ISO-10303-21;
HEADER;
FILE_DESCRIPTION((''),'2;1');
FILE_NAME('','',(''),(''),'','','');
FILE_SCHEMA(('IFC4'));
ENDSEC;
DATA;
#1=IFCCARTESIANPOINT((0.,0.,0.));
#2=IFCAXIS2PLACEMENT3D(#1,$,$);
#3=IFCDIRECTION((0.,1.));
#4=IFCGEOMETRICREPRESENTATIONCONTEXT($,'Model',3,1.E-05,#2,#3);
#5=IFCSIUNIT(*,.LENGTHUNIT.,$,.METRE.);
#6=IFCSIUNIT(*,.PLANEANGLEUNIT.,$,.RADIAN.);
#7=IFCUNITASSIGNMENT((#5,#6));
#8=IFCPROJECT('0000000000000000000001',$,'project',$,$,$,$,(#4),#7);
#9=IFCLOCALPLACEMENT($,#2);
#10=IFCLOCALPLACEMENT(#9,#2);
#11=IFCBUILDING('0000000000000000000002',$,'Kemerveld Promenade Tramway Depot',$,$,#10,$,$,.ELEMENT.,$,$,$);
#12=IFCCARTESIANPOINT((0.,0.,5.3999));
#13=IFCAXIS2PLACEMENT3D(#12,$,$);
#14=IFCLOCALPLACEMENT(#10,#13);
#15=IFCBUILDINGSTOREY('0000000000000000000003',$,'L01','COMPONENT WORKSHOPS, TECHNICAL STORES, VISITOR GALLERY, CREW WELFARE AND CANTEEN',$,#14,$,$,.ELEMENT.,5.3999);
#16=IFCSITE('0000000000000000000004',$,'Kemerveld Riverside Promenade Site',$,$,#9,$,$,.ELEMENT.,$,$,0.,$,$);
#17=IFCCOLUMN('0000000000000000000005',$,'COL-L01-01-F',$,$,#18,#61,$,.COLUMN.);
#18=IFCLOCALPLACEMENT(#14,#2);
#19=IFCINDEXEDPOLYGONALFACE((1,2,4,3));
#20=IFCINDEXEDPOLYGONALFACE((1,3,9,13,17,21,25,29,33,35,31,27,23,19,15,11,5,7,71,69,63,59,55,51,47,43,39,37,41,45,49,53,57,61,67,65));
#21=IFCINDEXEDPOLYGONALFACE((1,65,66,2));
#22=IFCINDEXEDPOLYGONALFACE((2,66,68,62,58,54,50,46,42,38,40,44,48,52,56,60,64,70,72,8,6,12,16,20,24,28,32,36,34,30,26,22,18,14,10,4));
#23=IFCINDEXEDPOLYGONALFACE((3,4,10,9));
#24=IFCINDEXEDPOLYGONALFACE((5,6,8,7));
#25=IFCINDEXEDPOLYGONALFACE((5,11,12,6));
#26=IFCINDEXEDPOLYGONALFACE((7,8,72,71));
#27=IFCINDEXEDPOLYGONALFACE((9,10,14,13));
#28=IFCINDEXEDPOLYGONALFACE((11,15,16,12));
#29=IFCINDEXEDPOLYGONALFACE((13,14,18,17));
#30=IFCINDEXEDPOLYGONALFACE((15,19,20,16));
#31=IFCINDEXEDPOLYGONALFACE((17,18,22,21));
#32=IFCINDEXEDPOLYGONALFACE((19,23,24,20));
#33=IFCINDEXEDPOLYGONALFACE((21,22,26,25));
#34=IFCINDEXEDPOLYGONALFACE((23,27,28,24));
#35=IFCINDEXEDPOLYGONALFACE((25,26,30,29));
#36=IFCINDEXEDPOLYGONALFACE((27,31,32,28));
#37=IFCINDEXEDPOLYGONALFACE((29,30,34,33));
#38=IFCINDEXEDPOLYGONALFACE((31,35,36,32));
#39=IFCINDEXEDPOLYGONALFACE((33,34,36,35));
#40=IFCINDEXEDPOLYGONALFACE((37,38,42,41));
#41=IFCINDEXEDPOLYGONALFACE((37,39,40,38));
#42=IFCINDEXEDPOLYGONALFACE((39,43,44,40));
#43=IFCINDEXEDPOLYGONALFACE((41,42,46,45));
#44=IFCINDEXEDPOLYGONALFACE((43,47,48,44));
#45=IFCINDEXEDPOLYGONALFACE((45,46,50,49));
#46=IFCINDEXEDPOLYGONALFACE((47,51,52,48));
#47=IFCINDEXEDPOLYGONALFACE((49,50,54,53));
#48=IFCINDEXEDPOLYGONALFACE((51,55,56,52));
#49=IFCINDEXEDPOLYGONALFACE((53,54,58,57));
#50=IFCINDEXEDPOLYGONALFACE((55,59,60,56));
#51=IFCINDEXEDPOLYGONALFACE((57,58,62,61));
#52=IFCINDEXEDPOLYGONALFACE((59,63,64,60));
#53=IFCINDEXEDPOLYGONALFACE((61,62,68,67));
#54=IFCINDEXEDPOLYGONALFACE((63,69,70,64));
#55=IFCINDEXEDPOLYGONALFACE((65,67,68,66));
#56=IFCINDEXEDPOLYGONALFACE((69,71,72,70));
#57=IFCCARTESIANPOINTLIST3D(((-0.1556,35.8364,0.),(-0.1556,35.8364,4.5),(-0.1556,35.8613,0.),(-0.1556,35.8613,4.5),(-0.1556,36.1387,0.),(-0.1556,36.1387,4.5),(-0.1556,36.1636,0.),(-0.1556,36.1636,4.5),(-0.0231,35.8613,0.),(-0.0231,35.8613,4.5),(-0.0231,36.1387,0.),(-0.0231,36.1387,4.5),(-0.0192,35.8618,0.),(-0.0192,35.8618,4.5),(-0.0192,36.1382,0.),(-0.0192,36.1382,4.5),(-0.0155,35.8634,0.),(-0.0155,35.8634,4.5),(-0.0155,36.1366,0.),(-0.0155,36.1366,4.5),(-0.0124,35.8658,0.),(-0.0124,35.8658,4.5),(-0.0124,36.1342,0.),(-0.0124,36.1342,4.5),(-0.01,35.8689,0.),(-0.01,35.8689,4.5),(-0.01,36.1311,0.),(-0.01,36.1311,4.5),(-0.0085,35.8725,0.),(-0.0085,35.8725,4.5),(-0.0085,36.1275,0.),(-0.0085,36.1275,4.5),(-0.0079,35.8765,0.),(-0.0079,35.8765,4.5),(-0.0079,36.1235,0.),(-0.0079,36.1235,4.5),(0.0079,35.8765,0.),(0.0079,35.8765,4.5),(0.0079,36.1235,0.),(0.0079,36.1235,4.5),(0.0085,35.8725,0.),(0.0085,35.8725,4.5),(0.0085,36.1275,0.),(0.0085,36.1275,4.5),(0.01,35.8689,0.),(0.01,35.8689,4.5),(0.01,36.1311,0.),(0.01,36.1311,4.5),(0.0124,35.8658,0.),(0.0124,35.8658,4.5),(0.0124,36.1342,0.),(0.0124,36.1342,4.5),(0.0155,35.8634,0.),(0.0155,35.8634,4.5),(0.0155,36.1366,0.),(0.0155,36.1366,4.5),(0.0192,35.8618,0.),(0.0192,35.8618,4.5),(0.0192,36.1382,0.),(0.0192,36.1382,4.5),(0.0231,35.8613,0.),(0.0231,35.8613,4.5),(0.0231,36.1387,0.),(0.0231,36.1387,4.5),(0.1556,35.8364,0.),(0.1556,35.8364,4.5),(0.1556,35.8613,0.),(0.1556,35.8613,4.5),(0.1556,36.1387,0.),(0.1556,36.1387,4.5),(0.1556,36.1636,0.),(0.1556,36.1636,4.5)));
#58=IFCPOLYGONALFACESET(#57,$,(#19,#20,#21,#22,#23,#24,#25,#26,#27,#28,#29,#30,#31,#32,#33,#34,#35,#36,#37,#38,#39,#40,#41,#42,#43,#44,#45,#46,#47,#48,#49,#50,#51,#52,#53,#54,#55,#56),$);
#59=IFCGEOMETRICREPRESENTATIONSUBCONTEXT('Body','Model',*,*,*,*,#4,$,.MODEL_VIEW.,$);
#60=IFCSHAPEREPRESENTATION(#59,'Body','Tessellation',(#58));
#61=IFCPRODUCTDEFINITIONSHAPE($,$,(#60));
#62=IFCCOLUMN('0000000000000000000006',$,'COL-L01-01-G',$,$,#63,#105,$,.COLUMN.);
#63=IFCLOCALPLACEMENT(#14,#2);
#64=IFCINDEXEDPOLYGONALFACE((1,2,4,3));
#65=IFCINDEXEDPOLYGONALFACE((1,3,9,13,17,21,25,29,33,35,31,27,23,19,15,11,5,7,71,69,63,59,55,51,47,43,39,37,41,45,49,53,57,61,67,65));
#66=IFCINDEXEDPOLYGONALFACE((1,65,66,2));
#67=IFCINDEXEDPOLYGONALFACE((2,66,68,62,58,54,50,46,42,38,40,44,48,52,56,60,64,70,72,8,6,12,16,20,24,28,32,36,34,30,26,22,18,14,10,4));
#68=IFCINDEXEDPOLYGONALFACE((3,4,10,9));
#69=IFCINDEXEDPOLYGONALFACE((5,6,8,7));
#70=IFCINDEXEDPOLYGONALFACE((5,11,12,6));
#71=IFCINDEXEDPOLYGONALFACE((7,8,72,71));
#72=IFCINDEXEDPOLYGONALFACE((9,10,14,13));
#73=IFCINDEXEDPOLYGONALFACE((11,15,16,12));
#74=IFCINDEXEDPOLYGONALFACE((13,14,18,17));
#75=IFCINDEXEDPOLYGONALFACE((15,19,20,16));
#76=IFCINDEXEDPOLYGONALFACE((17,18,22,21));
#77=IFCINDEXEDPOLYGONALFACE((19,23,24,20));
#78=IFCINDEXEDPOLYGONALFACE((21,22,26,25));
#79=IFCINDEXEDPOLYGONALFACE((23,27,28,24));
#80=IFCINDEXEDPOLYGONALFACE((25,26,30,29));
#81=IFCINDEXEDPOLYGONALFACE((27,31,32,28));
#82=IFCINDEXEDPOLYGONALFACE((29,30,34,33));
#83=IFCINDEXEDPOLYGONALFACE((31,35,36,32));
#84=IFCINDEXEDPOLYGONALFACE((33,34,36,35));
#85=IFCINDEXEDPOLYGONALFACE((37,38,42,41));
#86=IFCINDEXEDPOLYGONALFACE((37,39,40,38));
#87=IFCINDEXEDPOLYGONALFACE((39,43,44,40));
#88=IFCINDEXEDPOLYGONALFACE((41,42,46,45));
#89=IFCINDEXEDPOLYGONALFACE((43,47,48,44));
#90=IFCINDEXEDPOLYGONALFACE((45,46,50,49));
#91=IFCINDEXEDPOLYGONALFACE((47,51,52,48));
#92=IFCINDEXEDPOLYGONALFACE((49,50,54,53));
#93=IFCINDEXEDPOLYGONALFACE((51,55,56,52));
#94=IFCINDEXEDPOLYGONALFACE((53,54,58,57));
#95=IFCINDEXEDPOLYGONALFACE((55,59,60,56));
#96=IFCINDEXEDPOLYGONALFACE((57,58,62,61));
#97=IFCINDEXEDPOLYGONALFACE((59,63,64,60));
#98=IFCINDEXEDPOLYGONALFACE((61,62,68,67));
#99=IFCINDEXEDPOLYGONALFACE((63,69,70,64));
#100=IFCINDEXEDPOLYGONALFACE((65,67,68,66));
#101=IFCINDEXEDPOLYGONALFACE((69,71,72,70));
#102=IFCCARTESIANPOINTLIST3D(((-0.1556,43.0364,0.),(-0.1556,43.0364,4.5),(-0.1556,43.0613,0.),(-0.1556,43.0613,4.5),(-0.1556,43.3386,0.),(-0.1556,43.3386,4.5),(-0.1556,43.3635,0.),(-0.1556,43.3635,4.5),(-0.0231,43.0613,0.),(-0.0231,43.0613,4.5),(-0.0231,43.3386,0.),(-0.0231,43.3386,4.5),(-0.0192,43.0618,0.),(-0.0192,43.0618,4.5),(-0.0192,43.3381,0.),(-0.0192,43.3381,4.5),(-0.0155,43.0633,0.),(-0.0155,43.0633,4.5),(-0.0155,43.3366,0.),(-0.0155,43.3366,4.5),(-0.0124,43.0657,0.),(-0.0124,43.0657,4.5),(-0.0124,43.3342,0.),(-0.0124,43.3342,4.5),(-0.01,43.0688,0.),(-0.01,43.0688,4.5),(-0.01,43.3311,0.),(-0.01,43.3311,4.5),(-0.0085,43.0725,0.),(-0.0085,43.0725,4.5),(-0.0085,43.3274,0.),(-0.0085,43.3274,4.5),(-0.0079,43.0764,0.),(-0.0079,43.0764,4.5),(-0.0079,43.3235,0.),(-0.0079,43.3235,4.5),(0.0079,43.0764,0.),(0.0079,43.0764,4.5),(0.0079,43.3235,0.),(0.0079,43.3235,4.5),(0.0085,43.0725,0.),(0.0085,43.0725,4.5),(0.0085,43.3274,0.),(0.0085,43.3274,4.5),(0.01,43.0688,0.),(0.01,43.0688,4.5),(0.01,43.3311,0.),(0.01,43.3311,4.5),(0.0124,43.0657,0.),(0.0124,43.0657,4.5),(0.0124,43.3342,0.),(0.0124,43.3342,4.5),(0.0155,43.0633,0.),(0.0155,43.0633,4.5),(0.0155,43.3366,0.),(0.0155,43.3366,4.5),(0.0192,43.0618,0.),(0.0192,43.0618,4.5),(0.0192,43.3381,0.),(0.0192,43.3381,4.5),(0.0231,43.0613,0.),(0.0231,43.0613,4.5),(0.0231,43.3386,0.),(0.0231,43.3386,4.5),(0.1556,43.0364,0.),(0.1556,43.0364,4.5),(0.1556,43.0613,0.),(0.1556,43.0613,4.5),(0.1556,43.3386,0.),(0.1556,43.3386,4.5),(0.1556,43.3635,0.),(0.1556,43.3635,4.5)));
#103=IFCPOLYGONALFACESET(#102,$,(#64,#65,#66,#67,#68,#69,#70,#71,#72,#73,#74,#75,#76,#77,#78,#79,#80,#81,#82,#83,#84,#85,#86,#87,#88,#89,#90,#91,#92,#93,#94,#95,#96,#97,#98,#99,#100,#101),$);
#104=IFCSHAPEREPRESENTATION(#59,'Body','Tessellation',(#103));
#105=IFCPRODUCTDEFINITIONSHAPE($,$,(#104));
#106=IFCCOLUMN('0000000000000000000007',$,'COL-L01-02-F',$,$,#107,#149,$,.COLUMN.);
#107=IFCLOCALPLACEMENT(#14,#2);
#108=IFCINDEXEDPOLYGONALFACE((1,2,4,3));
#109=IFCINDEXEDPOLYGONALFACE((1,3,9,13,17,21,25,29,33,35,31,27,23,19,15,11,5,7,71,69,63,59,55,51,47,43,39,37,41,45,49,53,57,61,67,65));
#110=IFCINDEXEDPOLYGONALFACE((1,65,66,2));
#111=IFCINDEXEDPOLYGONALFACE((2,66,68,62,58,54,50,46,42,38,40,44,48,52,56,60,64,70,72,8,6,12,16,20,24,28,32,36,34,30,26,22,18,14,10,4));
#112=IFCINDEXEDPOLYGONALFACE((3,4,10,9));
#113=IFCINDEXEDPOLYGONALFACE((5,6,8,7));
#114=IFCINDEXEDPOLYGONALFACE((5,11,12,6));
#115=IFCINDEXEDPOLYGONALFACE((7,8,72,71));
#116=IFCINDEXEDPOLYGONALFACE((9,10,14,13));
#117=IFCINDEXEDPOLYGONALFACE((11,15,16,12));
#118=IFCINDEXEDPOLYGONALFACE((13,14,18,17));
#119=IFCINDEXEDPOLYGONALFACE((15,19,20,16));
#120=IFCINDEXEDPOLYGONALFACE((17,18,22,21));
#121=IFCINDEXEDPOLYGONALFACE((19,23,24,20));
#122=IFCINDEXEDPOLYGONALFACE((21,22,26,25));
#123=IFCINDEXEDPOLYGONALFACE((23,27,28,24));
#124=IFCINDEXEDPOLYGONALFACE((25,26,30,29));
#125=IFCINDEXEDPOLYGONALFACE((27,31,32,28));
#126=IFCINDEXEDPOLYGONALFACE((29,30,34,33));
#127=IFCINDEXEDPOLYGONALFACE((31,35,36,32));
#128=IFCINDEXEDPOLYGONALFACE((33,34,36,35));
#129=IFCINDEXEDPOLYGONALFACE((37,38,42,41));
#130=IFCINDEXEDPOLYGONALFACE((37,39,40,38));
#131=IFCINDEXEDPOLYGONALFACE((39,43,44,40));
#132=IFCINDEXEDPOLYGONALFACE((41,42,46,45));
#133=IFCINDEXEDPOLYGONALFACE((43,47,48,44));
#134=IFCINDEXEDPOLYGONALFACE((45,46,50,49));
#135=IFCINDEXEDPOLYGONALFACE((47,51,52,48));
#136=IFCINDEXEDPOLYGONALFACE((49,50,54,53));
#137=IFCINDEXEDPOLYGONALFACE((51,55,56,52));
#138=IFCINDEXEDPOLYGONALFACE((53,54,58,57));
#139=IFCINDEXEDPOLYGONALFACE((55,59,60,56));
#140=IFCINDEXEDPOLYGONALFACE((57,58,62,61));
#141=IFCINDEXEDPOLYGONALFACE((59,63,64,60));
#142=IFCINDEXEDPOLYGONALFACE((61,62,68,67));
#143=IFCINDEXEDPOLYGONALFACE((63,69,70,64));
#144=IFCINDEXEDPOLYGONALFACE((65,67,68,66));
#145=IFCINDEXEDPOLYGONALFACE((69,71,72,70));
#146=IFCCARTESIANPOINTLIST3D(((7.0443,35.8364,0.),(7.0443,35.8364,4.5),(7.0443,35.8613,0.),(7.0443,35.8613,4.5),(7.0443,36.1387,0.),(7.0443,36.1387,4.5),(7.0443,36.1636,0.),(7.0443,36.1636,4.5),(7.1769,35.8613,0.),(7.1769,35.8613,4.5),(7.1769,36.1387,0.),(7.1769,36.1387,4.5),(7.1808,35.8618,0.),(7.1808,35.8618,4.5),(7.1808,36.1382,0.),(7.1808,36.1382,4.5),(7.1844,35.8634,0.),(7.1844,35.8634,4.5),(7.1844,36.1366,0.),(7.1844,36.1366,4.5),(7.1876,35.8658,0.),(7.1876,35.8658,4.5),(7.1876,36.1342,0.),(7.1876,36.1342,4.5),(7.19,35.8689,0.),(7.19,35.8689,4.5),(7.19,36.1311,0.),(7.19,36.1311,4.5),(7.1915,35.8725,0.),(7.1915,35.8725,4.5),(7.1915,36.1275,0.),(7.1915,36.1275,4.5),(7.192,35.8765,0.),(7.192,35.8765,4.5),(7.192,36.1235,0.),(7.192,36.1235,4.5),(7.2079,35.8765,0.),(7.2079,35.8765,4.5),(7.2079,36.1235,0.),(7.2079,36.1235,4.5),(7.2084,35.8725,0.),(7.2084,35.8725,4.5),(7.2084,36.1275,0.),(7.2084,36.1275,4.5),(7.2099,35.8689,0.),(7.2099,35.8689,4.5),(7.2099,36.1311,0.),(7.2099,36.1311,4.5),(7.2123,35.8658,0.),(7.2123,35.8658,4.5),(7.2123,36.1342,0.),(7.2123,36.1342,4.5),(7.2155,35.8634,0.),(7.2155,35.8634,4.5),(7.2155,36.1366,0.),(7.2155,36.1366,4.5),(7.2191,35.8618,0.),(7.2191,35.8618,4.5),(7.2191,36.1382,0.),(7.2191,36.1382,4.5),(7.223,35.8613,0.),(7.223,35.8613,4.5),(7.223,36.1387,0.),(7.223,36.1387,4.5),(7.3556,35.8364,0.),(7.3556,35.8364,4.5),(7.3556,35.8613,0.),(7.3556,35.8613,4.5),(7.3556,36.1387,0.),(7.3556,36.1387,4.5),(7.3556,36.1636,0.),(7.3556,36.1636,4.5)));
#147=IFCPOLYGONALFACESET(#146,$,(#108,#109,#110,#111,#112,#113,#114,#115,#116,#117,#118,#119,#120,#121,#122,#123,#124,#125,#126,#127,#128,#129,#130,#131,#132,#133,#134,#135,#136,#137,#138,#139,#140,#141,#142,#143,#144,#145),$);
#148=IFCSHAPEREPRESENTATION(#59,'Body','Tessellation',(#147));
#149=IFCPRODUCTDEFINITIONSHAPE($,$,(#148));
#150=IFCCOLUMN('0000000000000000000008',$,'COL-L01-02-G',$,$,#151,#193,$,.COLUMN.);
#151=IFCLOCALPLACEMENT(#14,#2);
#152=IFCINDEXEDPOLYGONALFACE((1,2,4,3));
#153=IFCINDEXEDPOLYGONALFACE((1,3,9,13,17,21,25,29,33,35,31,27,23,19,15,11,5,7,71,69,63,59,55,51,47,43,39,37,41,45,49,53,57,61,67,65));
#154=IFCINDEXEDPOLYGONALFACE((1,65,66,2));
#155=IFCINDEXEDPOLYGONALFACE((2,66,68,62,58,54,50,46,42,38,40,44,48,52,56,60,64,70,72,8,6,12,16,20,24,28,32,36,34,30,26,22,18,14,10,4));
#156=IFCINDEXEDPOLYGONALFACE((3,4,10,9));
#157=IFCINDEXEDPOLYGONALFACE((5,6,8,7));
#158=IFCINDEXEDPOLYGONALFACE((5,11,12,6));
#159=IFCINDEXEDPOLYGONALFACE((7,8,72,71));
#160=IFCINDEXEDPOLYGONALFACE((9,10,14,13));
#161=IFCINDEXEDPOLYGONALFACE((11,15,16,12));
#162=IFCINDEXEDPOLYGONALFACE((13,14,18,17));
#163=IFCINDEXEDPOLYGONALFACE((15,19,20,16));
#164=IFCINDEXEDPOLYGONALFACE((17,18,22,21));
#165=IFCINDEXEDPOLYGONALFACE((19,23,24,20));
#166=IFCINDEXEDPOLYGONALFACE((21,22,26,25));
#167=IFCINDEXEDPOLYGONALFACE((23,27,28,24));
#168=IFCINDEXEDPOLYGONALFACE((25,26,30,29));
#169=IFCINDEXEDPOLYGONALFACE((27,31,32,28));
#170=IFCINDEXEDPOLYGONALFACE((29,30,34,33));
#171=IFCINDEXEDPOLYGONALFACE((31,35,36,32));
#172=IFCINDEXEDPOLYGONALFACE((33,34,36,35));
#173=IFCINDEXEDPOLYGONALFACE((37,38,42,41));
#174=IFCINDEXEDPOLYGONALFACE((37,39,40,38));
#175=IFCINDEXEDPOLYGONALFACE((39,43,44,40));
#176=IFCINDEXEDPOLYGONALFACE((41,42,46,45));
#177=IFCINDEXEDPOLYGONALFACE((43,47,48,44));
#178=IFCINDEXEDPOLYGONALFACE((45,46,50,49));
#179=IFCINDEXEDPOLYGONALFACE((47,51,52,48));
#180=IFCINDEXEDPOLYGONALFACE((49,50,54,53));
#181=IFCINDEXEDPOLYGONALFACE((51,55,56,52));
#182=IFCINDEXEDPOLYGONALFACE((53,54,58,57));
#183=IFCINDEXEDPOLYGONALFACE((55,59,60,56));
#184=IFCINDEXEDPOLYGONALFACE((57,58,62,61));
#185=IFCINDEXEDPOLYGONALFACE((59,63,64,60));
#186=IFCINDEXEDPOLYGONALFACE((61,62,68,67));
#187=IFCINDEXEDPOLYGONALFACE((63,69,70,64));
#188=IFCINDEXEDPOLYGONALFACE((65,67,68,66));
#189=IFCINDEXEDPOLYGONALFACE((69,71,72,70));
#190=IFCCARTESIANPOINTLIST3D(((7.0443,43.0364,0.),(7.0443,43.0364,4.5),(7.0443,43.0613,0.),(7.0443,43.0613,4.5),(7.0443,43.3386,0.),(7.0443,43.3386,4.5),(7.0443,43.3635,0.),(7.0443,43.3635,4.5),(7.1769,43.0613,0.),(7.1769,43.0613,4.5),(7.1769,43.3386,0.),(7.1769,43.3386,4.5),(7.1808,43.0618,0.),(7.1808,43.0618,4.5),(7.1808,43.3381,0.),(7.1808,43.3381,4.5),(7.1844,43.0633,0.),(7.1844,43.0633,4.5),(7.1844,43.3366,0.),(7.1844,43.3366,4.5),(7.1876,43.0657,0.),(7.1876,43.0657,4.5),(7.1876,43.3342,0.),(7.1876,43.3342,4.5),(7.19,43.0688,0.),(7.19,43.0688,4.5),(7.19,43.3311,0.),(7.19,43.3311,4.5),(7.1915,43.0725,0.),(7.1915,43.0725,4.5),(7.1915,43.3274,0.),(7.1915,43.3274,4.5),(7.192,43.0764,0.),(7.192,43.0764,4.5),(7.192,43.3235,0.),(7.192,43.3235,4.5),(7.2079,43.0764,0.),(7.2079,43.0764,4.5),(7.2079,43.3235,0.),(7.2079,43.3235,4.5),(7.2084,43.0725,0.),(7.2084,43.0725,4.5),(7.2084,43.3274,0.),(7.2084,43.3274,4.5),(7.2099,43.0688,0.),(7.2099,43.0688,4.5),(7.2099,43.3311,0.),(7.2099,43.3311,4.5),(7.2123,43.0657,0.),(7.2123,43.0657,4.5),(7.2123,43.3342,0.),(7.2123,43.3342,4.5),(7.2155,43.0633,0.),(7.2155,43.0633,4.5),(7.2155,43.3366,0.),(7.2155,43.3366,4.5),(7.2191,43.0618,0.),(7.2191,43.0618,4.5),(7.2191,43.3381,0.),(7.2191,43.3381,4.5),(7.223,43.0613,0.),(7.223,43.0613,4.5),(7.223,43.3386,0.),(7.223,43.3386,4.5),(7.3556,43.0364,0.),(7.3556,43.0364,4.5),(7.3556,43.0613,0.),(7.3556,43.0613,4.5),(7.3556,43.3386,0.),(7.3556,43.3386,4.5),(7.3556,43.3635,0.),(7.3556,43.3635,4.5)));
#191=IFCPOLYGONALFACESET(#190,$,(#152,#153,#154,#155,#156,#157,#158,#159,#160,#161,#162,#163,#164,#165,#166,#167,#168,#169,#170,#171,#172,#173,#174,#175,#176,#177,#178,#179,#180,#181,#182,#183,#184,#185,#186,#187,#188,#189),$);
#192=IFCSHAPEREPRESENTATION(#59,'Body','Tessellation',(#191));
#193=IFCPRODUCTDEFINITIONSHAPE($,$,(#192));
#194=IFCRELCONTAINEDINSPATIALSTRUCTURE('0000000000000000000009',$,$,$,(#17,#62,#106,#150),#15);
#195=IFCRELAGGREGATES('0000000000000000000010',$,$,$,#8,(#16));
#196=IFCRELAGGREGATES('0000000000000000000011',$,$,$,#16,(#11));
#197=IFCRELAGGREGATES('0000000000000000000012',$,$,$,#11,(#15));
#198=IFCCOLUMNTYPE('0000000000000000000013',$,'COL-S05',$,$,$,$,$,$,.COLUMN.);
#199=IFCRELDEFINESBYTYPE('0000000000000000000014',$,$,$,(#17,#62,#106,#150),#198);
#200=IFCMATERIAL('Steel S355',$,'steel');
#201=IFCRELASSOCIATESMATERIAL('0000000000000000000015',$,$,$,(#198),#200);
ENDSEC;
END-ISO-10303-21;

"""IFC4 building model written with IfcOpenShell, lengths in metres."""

from ifc_helpers import new_model, si_unit, direction, frame, origin, origin_2d, place, context, subcontext, project, spatial, i_section, extrude, material, material_profile, profile_set, type_object, element, save


model = new_model("IFC4")

# Units and contexts
model_context = context("Model", 3, precision=1e-05, world=origin(), true_north=direction((0.0, 1.0)))
body_context = subcontext(model_context, "Body", "Model", "MODEL_VIEW")
ifc_project = project(units=[si_unit("LENGTHUNIT", "METRE"), si_unit("PLANEANGLEUNIT", "RADIAN")], contexts=[model_context])

# Site, building, storey
site_placement = place(None, origin())
site = spatial("IfcSite", under=ifc_project, at=site_placement, Name="Kemerveld Riverside Promenade Site", CompositionType="ELEMENT", RefElevation=0.0)
building_placement = place(site_placement, origin())
building = spatial("IfcBuilding", under=site, at=building_placement, Name="Kemerveld Promenade Tramway Depot", CompositionType="ELEMENT")
storey_placement = place(building_placement, frame((0.0, 0.0, 5.3999)))
storey = spatial("IfcBuildingStorey", under=building, at=storey_placement, Name="L01", Description="COMPONENT WORKSHOPS, TECHNICAL STORES, VISITOR GALLERY, CREW WELFARE AND CANTEEN", CompositionType="ELEMENT", Elevation=5.3999)

# Columns
ifc_material_1 = material(Name="Steel S355", Category="steel")
ifc_material_profile_1 = material_profile(ifc_material_1, i_section(OverallWidth=0.3113, OverallDepth=0.3271, WebThickness=0.0159, FlangeThickness=0.0249, FilletRadius=0.0151, at=origin_2d()), Name="305x305x158 UC")
ifc_profile_set_1 = profile_set([ifc_material_profile_1], Name="Steel S355")
column_type = type_object("IfcColumnType", Name="COL-S05", PredefinedType="COLUMN", material=ifc_profile_set_1)
for number, where, z_axis, x_axis, name in (
    (1, (0.0, 36.0, 0.0), (0.0, 0.0, 1.0), (1.0, 0.0, 0.0), "COL-L01-01-F"),
    (2, (0.0, 43.2, 0.0), (0.0, 0.0, 1.0), (1.0, 0.0, 0.0), "COL-L01-01-G"),
    (3, (7.2, 36.0, 0.0), (0.0, 0.0, 1.0), (1.0, 0.0, 0.0), "COL-L01-02-F"),
    (4, (7.2, 43.2, 0.0), (0.0, 0.0, 1.0), (1.0, 0.0, 0.0), "COL-L01-02-G"),
):
    element("IfcColumn", number, at=place(storey_placement, frame(where, z_axis=z_axis, x_axis=x_axis)), inside=storey, type_object=column_type, Name=name, PredefinedType="COLUMN", context=body_context, shape_type="SweptSolid", body=[
        extrude(i_section(OverallWidth=0.3113, OverallDepth=0.3271, WebThickness=0.0159, FlangeThickness=0.0249, FilletRadius=0.0151, at=origin_2d()), origin(), (0.0, 0.0, 1.0), 4.5),
    ])

save(model, "model.ifc")
